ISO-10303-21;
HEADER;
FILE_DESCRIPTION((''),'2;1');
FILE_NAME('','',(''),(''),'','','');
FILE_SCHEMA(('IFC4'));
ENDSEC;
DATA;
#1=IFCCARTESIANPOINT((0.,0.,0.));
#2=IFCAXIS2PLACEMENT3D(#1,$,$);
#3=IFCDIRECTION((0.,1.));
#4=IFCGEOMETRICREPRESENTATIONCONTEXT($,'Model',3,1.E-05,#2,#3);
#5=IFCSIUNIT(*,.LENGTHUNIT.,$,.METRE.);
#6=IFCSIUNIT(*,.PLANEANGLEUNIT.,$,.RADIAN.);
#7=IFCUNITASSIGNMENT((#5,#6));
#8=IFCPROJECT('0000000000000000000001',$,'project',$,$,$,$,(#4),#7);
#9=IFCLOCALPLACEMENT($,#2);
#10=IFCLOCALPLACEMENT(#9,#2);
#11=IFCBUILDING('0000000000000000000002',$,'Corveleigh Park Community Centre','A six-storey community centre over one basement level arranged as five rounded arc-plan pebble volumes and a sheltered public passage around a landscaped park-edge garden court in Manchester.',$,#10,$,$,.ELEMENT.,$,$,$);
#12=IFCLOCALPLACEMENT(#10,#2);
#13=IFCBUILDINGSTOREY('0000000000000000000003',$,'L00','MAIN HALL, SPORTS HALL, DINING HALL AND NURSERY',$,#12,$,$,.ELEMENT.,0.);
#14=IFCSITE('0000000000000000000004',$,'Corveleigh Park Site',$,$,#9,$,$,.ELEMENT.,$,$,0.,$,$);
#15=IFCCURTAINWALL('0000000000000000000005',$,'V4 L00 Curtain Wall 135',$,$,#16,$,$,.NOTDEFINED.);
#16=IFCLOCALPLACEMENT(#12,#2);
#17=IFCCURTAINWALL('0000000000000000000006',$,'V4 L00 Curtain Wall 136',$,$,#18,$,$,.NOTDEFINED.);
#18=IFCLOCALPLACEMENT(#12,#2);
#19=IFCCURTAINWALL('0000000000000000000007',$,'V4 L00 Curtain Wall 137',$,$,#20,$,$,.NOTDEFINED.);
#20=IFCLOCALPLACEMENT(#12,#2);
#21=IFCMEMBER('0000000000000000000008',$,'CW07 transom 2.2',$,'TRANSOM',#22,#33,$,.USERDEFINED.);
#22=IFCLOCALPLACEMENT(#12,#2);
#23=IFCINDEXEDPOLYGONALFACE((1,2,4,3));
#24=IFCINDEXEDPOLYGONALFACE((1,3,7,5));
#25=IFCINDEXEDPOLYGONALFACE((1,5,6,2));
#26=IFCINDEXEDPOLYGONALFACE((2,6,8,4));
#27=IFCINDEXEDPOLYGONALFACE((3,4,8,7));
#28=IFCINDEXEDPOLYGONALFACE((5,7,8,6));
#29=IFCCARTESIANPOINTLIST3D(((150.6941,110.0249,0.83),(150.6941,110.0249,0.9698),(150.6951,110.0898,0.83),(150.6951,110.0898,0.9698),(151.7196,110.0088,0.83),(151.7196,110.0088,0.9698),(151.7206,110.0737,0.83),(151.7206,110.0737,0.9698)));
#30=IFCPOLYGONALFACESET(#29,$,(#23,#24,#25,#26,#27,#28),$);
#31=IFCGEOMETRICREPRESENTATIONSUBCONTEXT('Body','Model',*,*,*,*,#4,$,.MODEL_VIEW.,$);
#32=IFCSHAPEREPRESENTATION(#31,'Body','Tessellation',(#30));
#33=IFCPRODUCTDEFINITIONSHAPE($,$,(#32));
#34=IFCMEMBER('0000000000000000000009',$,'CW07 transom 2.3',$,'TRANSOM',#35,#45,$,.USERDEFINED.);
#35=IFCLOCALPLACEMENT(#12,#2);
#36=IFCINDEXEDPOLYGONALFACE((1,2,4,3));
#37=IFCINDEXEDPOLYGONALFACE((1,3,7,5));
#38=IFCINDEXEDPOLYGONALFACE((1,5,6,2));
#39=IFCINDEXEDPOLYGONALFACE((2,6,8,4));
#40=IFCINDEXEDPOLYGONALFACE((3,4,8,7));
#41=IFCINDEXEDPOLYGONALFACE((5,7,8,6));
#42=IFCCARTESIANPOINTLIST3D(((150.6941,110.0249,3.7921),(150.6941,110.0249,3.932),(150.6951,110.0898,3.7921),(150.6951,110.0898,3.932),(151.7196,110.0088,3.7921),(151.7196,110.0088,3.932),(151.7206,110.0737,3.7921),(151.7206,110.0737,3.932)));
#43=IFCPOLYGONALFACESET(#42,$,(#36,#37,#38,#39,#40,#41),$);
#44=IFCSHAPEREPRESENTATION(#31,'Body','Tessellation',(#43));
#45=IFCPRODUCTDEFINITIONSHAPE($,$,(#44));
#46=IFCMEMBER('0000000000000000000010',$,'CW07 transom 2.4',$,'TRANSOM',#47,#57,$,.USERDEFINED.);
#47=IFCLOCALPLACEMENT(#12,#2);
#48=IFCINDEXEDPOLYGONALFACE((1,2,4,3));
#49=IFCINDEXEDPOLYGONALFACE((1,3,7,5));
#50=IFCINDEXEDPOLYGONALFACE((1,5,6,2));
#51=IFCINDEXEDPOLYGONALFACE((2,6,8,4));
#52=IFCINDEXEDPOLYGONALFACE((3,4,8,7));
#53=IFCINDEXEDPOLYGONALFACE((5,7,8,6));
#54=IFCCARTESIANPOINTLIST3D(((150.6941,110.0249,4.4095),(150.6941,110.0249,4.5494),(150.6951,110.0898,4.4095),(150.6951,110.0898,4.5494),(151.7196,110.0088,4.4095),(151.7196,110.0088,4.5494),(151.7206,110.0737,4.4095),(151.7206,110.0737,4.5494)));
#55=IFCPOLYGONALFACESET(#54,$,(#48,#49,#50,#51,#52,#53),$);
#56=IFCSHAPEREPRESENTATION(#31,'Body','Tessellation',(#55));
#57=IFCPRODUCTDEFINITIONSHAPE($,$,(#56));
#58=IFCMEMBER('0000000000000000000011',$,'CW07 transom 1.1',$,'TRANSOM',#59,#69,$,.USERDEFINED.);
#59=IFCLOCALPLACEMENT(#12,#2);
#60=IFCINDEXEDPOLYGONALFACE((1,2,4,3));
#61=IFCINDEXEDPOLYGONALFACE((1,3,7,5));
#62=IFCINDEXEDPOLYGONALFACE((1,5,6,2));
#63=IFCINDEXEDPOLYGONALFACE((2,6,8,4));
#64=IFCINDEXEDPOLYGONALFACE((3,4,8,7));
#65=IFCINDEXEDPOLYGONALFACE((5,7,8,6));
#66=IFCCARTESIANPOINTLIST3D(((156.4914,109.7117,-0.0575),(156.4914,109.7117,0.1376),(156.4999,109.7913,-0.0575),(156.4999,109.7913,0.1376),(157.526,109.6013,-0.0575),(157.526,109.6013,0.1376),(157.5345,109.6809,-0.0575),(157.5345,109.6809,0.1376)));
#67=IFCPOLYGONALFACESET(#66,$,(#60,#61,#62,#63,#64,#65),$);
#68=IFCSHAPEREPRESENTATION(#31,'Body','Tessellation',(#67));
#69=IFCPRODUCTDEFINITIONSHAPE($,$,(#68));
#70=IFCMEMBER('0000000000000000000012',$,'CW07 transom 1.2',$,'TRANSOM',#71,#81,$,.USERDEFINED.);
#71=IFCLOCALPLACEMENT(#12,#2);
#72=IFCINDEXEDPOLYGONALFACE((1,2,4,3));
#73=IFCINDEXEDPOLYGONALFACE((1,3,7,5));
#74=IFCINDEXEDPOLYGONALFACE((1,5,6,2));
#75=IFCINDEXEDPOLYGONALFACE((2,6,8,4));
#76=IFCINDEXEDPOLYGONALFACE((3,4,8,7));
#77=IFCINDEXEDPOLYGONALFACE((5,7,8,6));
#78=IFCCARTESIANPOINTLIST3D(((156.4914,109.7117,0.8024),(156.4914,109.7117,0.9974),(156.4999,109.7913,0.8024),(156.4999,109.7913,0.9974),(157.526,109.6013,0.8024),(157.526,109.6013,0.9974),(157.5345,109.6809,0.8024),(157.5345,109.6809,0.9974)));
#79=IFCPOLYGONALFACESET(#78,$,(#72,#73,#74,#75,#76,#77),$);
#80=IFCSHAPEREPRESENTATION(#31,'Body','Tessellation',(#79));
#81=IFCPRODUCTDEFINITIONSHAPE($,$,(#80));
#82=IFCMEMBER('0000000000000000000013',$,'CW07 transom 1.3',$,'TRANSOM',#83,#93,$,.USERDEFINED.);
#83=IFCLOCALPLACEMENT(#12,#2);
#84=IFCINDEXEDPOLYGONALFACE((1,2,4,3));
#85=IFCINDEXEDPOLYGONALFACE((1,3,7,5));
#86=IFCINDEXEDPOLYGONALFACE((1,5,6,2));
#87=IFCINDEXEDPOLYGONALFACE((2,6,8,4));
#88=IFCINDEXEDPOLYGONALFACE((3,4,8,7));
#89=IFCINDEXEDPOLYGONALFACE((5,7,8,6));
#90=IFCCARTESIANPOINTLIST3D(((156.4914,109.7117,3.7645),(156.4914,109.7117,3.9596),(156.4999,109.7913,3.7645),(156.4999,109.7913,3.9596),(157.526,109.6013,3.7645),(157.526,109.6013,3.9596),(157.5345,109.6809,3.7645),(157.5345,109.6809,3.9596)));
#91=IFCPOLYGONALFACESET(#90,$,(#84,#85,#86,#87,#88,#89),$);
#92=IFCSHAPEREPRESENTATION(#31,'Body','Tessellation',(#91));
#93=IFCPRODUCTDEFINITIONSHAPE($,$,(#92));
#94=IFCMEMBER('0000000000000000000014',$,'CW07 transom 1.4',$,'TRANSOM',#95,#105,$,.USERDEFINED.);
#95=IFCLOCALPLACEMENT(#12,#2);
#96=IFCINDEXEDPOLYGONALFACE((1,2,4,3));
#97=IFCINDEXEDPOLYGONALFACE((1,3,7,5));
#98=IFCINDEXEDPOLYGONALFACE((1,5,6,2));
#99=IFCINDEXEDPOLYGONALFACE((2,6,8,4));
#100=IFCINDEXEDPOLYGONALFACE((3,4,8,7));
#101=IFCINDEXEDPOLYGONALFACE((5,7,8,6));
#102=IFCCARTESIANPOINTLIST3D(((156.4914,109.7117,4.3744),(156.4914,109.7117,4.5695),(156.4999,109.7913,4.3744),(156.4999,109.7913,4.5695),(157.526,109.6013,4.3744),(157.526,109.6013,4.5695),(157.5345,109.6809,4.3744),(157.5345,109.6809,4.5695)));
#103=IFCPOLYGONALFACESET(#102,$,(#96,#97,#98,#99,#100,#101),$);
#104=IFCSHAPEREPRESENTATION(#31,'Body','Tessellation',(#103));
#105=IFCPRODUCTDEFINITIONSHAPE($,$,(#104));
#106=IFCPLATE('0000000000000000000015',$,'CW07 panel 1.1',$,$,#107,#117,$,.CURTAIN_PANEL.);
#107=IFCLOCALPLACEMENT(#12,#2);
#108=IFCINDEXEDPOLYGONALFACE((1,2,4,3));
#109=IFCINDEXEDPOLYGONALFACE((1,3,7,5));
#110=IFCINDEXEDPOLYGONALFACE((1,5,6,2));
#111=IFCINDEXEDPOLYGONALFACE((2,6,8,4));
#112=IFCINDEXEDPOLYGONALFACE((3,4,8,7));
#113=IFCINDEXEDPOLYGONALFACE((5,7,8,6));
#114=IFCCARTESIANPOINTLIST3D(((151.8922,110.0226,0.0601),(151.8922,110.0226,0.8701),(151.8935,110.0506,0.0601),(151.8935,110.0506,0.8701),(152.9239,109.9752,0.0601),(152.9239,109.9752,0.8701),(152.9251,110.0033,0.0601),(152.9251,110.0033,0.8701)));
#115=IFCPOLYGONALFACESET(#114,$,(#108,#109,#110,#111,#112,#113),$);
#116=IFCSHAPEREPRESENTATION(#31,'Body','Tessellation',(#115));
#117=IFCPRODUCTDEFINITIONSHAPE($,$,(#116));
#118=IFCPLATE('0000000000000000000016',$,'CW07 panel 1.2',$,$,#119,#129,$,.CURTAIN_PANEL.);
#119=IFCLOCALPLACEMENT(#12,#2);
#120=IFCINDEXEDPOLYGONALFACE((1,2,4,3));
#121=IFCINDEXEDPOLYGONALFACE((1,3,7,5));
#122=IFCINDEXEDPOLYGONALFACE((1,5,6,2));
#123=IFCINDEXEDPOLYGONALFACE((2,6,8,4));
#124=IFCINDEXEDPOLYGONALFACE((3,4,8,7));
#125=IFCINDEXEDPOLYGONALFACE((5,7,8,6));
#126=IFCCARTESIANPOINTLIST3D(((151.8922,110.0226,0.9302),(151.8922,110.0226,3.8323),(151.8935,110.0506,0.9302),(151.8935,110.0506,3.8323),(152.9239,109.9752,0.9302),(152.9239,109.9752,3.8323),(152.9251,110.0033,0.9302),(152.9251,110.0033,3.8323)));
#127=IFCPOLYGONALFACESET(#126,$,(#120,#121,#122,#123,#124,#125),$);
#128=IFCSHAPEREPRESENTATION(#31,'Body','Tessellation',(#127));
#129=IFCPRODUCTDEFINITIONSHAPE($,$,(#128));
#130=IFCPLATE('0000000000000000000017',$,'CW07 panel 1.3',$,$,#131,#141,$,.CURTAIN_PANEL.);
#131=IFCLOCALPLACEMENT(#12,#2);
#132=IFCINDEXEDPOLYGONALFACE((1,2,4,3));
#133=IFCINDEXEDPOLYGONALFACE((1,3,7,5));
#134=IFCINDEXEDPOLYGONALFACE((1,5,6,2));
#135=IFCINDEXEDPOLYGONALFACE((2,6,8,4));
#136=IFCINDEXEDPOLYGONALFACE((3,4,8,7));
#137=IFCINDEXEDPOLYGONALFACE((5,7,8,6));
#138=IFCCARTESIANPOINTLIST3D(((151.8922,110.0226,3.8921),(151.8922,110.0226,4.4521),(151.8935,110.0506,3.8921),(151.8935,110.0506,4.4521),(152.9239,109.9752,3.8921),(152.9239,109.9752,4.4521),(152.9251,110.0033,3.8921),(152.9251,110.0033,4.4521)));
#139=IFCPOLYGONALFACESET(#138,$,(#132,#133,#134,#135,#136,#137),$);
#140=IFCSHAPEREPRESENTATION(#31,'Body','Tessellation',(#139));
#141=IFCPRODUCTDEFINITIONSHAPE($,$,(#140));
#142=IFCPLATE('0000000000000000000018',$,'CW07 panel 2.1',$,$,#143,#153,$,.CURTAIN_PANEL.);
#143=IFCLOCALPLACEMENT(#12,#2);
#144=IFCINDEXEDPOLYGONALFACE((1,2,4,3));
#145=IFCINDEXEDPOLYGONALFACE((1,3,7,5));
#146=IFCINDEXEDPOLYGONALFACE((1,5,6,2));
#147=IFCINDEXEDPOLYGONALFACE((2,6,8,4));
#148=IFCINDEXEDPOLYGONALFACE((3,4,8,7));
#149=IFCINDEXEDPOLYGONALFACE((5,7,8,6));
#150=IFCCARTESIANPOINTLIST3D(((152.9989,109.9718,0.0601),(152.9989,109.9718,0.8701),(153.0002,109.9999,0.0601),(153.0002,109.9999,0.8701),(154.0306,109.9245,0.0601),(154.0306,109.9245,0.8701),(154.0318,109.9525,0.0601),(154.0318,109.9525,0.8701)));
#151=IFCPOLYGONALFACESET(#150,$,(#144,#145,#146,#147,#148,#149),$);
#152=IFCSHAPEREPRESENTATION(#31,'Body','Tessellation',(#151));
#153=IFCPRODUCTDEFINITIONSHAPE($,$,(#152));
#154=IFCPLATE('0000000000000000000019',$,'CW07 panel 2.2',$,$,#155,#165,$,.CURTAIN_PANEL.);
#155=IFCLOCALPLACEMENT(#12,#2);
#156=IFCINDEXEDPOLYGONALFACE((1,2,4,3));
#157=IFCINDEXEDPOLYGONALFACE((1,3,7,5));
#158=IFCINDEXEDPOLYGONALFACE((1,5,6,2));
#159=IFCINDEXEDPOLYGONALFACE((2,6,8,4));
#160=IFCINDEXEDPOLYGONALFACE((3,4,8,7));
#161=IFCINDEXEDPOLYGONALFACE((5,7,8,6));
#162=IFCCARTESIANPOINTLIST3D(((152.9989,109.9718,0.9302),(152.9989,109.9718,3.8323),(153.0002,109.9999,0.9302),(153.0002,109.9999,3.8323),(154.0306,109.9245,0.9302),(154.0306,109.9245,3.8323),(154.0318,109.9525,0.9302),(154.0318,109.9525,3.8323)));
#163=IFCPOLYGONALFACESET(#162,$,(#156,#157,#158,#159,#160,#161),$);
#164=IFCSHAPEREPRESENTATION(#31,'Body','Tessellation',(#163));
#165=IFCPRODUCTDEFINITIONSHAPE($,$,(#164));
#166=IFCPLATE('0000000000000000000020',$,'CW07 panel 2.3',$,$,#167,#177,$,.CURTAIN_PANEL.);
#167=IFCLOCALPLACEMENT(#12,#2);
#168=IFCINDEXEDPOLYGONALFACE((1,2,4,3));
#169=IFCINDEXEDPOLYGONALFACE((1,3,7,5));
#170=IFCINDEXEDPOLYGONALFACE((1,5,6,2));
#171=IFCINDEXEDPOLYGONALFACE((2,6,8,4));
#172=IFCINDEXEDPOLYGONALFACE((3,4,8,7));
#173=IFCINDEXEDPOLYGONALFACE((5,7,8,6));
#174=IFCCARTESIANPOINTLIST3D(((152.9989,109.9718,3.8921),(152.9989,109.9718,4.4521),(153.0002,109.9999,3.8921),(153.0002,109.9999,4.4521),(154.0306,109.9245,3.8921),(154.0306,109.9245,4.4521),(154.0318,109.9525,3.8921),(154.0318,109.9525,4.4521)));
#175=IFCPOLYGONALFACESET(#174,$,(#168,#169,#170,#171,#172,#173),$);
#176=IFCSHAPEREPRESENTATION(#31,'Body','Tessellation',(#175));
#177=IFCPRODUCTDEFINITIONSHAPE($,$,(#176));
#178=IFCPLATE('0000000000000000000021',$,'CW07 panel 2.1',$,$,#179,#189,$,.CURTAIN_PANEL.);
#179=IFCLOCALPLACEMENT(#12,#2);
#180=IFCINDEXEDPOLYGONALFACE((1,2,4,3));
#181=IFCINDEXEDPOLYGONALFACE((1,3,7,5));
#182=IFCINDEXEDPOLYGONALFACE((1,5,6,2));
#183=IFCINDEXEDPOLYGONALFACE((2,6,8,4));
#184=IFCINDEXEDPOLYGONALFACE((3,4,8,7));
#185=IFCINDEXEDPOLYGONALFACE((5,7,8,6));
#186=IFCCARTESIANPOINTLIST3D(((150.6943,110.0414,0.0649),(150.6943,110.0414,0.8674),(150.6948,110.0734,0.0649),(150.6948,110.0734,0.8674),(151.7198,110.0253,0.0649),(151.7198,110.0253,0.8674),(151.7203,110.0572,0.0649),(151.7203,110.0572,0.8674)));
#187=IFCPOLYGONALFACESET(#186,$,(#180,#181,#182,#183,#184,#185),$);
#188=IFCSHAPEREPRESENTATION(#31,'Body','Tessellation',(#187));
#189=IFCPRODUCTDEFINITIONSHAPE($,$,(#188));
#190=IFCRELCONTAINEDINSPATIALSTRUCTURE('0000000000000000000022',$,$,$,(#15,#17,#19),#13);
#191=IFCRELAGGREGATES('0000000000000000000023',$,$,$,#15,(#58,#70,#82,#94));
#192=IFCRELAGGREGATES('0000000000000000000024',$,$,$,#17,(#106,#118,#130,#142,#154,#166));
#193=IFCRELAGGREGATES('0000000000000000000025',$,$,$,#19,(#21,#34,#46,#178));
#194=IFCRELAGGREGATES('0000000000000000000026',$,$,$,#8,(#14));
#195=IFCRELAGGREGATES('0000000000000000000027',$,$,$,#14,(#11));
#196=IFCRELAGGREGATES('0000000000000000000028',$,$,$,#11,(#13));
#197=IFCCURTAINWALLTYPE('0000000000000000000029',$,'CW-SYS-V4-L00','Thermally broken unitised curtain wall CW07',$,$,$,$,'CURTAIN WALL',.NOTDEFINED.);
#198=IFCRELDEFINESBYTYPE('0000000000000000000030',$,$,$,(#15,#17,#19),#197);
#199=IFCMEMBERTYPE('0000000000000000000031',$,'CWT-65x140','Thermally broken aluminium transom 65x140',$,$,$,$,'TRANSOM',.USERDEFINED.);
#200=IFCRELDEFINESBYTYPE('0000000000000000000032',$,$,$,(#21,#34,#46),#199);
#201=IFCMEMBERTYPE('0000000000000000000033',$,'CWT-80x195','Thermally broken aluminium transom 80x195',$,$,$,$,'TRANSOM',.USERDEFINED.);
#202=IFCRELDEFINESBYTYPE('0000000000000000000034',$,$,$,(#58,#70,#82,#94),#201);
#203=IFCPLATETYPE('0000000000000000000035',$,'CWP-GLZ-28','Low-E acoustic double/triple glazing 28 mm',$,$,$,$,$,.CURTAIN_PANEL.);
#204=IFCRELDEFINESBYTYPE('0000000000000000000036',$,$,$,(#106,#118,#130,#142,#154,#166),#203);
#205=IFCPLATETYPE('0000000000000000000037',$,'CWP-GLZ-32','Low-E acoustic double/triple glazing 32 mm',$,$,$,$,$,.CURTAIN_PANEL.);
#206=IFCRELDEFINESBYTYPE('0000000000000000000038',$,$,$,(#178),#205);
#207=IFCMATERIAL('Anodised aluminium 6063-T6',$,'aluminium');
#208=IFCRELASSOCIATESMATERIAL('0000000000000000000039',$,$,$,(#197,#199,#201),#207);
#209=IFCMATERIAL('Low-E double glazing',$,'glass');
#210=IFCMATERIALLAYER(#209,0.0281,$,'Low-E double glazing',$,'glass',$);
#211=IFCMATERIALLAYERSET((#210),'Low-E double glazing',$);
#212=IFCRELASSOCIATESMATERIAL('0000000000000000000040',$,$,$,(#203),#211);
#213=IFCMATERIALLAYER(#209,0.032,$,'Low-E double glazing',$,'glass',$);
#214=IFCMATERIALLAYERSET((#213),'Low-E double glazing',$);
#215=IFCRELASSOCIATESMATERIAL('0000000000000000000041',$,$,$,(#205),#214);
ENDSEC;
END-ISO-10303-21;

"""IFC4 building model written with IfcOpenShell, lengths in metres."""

from ifc_helpers import new_model, si_unit, direction, frame, origin, origin_2d, place, context, subcontext, project, spatial, rectangle, extrude, material, layer, layer_set, material_profile, profile_set, type_object, element, aggregate, save


model = new_model("IFC4")

# Units and contexts
model_context = context("Model", 3, precision=1e-05, world=origin(), true_north=direction((0.0, 1.0)))
body_context = subcontext(model_context, "Body", "Model", "MODEL_VIEW")
ifc_project = project(units=[si_unit("LENGTHUNIT", "METRE"), si_unit("PLANEANGLEUNIT", "RADIAN")], contexts=[model_context])

# Site, building, storey
site_placement = place(None, origin())
site = spatial("IfcSite", under=ifc_project, at=site_placement, Name="Corveleigh Park Site", CompositionType="ELEMENT", RefElevation=0.0)
building_placement = place(site_placement, origin())
building = spatial("IfcBuilding", under=site, at=building_placement, Name="Corveleigh Park Community Centre", Description="A six-storey community centre over one basement level arranged as five rounded arc-plan pebble volumes and a sheltered public passage around a landscaped park-edge garden court in Manchester.", CompositionType="ELEMENT")
storey_placement = place(building_placement, origin())
storey = spatial("IfcBuildingStorey", under=building, at=storey_placement, Name="L00", Description="MAIN HALL, SPORTS HALL, DINING HALL AND NURSERY", CompositionType="ELEMENT", Elevation=0.0)

# Curtain wall
ifc_material_1 = material(Name="Anodised aluminium 6063-T6", Category="aluminium")
curtain_wall_type = type_object("IfcCurtainWallType", Name="CW-SYS-V4-L00", Description="Thermally broken unitised curtain wall CW07", ElementType="CURTAIN WALL", PredefinedType="NOTDEFINED", material=ifc_material_1)
curtain_wall_1_placement = place(storey_placement, origin())
curtain_wall_1 = element("IfcCurtainWall", 1, at=curtain_wall_1_placement, inside=storey, type_object=curtain_wall_type, Name="V4 L00 Curtain Wall 135", PredefinedType="NOTDEFINED")

# Curtain wall
curtain_wall_2_placement = place(storey_placement, origin())
curtain_wall_2 = element("IfcCurtainWall", 2, at=curtain_wall_2_placement, inside=storey, type_object=curtain_wall_type, Name="V4 L00 Curtain Wall 136", PredefinedType="NOTDEFINED")

# Curtain wall
curtain_wall_3_placement = place(storey_placement, origin())
curtain_wall_3 = element("IfcCurtainWall", 3, at=curtain_wall_3_placement, inside=storey, type_object=curtain_wall_type, Name="V4 L00 Curtain Wall 137", PredefinedType="NOTDEFINED")

# Members
ifc_material_profile_1 = material_profile(ifc_material_1, rectangle(XDim=0.0649, YDim=0.1399, at=origin_2d()), Name="ALU-T65x140", Category="aluminium")
ifc_profile_set_1 = profile_set([ifc_material_profile_1], Name="Anodised aluminium 6063-T6")
member_type_1 = type_object("IfcMemberType", Name="CWT-65x140", Description="Thermally broken aluminium transom 65x140", ElementType="TRANSOM", PredefinedType="USERDEFINED", material=ifc_profile_set_1)
member_1_placement = place(storey_placement, frame((150.6946, 110.0574, 0.8999), z_axis=(0.999877, -0.015712, 0.0), x_axis=(0.015712, 0.999877, 0.0)))
member_1 = element("IfcMember", 4, at=member_1_placement, type_object=member_type_1, Name="CW07 transom 2.2", ObjectType="TRANSOM", PredefinedType="USERDEFINED", context=body_context, shape_type="SweptSolid", body=[
    extrude(rectangle(XDim=0.0649, YDim=0.1399, at=origin_2d()), origin(), (0.0, 0.0, 1.0), 1.0256),
])
member_2_placement = place(storey_placement, frame((150.6946, 110.0574, 3.8621), z_axis=(0.999877, -0.015712, 0.0), x_axis=(0.015712, 0.999877, 0.0)))
member_2 = element("IfcMember", 5, at=member_2_placement, type_object=member_type_1, Name="CW07 transom 2.3", ObjectType="TRANSOM", PredefinedType="USERDEFINED", context=body_context, shape_type="SweptSolid", body=[
    extrude(rectangle(XDim=0.0649, YDim=0.1399, at=origin_2d()), origin(), (0.0, 0.0, 1.0), 1.0256),
])
member_3_placement = place(storey_placement, frame((150.6946, 110.0574, 4.4795), z_axis=(0.999877, -0.015712, 0.0), x_axis=(0.015712, 0.999877, 0.0)))
member_3 = element("IfcMember", 6, at=member_3_placement, type_object=member_type_1, Name="CW07 transom 2.4", ObjectType="TRANSOM", PredefinedType="USERDEFINED", context=body_context, shape_type="SweptSolid", body=[
    extrude(rectangle(XDim=0.0649, YDim=0.1399, at=origin_2d()), origin(), (0.0, 0.0, 1.0), 1.0256),
])
ifc_material_profile_2 = material_profile(ifc_material_1, rectangle(XDim=0.0801, YDim=0.1951, at=origin_2d()), Name="ALU-T80x195", Category="aluminium")
ifc_profile_set_2 = profile_set([ifc_material_profile_2], Name="Anodised aluminium 6063-T6")
member_type_2 = type_object("IfcMemberType", Name="CWT-80x195", Description="Thermally broken aluminium transom 80x195", ElementType="TRANSOM", PredefinedType="USERDEFINED", material=ifc_profile_set_2)
member_4_placement = place(storey_placement, frame((156.4956, 109.7515, 0.04), z_axis=(0.994361, -0.106053, 0.0), x_axis=(0.106053, 0.994361, 0.0)))
member_4 = element("IfcMember", 7, at=member_4_placement, type_object=member_type_2, Name="CW07 transom 1.1", ObjectType="TRANSOM", PredefinedType="USERDEFINED", context=body_context, shape_type="SweptSolid", body=[
    extrude(rectangle(XDim=0.0801, YDim=0.1951, at=origin_2d()), origin(), (0.0, 0.0, 1.0), 1.0405),
])
member_5_placement = place(storey_placement, frame((156.4956, 109.7515, 0.8999), z_axis=(0.994361, -0.106053, 0.0), x_axis=(0.106053, 0.994361, 0.0)))
member_5 = element("IfcMember", 8, at=member_5_placement, type_object=member_type_2, Name="CW07 transom 1.2", ObjectType="TRANSOM", PredefinedType="USERDEFINED", context=body_context, shape_type="SweptSolid", body=[
    extrude(rectangle(XDim=0.0801, YDim=0.1951, at=origin_2d()), origin(), (0.0, 0.0, 1.0), 1.0405),
])
member_6_placement = place(storey_placement, frame((156.4956, 109.7515, 3.8621), z_axis=(0.994361, -0.106053, 0.0), x_axis=(0.106053, 0.994361, 0.0)))
member_6 = element("IfcMember", 9, at=member_6_placement, type_object=member_type_2, Name="CW07 transom 1.3", ObjectType="TRANSOM", PredefinedType="USERDEFINED", context=body_context, shape_type="SweptSolid", body=[
    extrude(rectangle(XDim=0.0801, YDim=0.1951, at=origin_2d()), origin(), (0.0, 0.0, 1.0), 1.0405),
])
member_7_placement = place(storey_placement, frame((156.4956, 109.7515, 4.4719), z_axis=(0.994361, -0.106053, 0.0), x_axis=(0.106053, 0.994361, 0.0)))
member_7 = element("IfcMember", 10, at=member_7_placement, type_object=member_type_2, Name="CW07 transom 1.4", ObjectType="TRANSOM", PredefinedType="USERDEFINED", context=body_context, shape_type="SweptSolid", body=[
    extrude(rectangle(XDim=0.0801, YDim=0.1951, at=origin_2d()), origin(), (0.0, 0.0, 1.0), 1.0405),
])
aggregate(curtain_wall_1, [member_4, member_5, member_6, member_7])

# Plates
ifc_material_2 = material(Name="Low-E double glazing", Category="glass")
ifc_layer_1 = layer(ifc_material_2, 0.0281, Name="Low-E double glazing", Category="glass")
ifc_layer_set_1 = layer_set([ifc_layer_1], Name="Low-E double glazing")
plate_type_1 = type_object("IfcPlateType", Name="CWP-GLZ-28", Description="Low-E acoustic double/triple glazing 28 mm", PredefinedType="CURTAIN_PANEL", material=ifc_layer_set_1)
plate_1_placement = place(storey_placement, frame((152.4087, 110.0129, 0.0601), z_axis=(0.0, 0.0, 1.0), x_axis=(0.998949, -0.045843, 0.0)))
plate_1 = element("IfcPlate", 11, at=plate_1_placement, type_object=plate_type_1, Name="CW07 panel 1.1", PredefinedType="CURTAIN_PANEL", context=body_context, shape_type="SweptSolid", body=[
    extrude(rectangle(XDim=1.0327, YDim=0.0281, at=origin_2d()), origin(), (0.0, 0.0, 1.0), 0.8101),
])
plate_2_placement = place(storey_placement, frame((152.4087, 110.0129, 0.9302), z_axis=(0.0, 0.0, 1.0), x_axis=(0.998949, -0.045843, 0.0)))
plate_2 = element("IfcPlate", 12, at=plate_2_placement, type_object=plate_type_1, Name="CW07 panel 1.2", PredefinedType="CURTAIN_PANEL", context=body_context, shape_type="SweptSolid", body=[
    extrude(rectangle(XDim=1.0327, YDim=0.0281, at=origin_2d()), origin(), (0.0, 0.0, 1.0), 2.9021),
])
plate_3_placement = place(storey_placement, frame((152.4087, 110.0129, 3.8921), z_axis=(0.0, 0.0, 1.0), x_axis=(0.998949, -0.045843, 0.0)))
plate_3 = element("IfcPlate", 13, at=plate_3_placement, type_object=plate_type_1, Name="CW07 panel 1.3", PredefinedType="CURTAIN_PANEL", context=body_context, shape_type="SweptSolid", body=[
    extrude(rectangle(XDim=1.0327, YDim=0.0281, at=origin_2d()), origin(), (0.0, 0.0, 1.0), 0.5601),
])
plate_4_placement = place(storey_placement, frame((153.5154, 109.9622, 0.0601), z_axis=(0.0, 0.0, 1.0), x_axis=(0.998949, -0.045843, 0.0)))
plate_4 = element("IfcPlate", 14, at=plate_4_placement, type_object=plate_type_1, Name="CW07 panel 2.1", PredefinedType="CURTAIN_PANEL", context=body_context, shape_type="SweptSolid", body=[
    extrude(rectangle(XDim=1.0327, YDim=0.0281, at=origin_2d()), origin(), (0.0, 0.0, 1.0), 0.8101),
])
plate_5_placement = place(storey_placement, frame((153.5154, 109.9622, 0.9302), z_axis=(0.0, 0.0, 1.0), x_axis=(0.998949, -0.045843, 0.0)))
plate_5 = element("IfcPlate", 15, at=plate_5_placement, type_object=plate_type_1, Name="CW07 panel 2.2", PredefinedType="CURTAIN_PANEL", context=body_context, shape_type="SweptSolid", body=[
    extrude(rectangle(XDim=1.0327, YDim=0.0281, at=origin_2d()), origin(), (0.0, 0.0, 1.0), 2.9021),
])
plate_6_placement = place(storey_placement, frame((153.5154, 109.9622, 3.8921), z_axis=(0.0, 0.0, 1.0), x_axis=(0.998949, -0.045843, 0.0)))
plate_6 = element("IfcPlate", 16, at=plate_6_placement, type_object=plate_type_1, Name="CW07 panel 2.3", PredefinedType="CURTAIN_PANEL", context=body_context, shape_type="SweptSolid", body=[
    extrude(rectangle(XDim=1.0327, YDim=0.0281, at=origin_2d()), origin(), (0.0, 0.0, 1.0), 0.5601),
])
aggregate(curtain_wall_2, [plate_1, plate_2, plate_3, plate_4, plate_5, plate_6])
ifc_layer_2 = layer(ifc_material_2, 0.032, Name="Low-E double glazing", Category="glass")
ifc_layer_set_2 = layer_set([ifc_layer_2], Name="Low-E double glazing")
plate_type_2 = type_object("IfcPlateType", Name="CWP-GLZ-32", Description="Low-E acoustic double/triple glazing 32 mm", PredefinedType="CURTAIN_PANEL", material=ifc_layer_set_2)
plate_7_placement = place(storey_placement, frame((151.2073, 110.0493, 0.0649), z_axis=(0.0, 0.0, 1.0), x_axis=(0.999877, -0.015712, 0.0)))
plate_7 = element("IfcPlate", 17, at=plate_7_placement, type_object=plate_type_2, Name="CW07 panel 2.1", PredefinedType="CURTAIN_PANEL", context=body_context, shape_type="SweptSolid", body=[
    extrude(rectangle(XDim=1.0256, YDim=0.032, at=origin_2d()), origin(), (0.0, 0.0, 1.0), 0.8025),
])
aggregate(curtain_wall_3, [member_1, member_2, member_3, plate_7])

save(model, "model.ifc")
